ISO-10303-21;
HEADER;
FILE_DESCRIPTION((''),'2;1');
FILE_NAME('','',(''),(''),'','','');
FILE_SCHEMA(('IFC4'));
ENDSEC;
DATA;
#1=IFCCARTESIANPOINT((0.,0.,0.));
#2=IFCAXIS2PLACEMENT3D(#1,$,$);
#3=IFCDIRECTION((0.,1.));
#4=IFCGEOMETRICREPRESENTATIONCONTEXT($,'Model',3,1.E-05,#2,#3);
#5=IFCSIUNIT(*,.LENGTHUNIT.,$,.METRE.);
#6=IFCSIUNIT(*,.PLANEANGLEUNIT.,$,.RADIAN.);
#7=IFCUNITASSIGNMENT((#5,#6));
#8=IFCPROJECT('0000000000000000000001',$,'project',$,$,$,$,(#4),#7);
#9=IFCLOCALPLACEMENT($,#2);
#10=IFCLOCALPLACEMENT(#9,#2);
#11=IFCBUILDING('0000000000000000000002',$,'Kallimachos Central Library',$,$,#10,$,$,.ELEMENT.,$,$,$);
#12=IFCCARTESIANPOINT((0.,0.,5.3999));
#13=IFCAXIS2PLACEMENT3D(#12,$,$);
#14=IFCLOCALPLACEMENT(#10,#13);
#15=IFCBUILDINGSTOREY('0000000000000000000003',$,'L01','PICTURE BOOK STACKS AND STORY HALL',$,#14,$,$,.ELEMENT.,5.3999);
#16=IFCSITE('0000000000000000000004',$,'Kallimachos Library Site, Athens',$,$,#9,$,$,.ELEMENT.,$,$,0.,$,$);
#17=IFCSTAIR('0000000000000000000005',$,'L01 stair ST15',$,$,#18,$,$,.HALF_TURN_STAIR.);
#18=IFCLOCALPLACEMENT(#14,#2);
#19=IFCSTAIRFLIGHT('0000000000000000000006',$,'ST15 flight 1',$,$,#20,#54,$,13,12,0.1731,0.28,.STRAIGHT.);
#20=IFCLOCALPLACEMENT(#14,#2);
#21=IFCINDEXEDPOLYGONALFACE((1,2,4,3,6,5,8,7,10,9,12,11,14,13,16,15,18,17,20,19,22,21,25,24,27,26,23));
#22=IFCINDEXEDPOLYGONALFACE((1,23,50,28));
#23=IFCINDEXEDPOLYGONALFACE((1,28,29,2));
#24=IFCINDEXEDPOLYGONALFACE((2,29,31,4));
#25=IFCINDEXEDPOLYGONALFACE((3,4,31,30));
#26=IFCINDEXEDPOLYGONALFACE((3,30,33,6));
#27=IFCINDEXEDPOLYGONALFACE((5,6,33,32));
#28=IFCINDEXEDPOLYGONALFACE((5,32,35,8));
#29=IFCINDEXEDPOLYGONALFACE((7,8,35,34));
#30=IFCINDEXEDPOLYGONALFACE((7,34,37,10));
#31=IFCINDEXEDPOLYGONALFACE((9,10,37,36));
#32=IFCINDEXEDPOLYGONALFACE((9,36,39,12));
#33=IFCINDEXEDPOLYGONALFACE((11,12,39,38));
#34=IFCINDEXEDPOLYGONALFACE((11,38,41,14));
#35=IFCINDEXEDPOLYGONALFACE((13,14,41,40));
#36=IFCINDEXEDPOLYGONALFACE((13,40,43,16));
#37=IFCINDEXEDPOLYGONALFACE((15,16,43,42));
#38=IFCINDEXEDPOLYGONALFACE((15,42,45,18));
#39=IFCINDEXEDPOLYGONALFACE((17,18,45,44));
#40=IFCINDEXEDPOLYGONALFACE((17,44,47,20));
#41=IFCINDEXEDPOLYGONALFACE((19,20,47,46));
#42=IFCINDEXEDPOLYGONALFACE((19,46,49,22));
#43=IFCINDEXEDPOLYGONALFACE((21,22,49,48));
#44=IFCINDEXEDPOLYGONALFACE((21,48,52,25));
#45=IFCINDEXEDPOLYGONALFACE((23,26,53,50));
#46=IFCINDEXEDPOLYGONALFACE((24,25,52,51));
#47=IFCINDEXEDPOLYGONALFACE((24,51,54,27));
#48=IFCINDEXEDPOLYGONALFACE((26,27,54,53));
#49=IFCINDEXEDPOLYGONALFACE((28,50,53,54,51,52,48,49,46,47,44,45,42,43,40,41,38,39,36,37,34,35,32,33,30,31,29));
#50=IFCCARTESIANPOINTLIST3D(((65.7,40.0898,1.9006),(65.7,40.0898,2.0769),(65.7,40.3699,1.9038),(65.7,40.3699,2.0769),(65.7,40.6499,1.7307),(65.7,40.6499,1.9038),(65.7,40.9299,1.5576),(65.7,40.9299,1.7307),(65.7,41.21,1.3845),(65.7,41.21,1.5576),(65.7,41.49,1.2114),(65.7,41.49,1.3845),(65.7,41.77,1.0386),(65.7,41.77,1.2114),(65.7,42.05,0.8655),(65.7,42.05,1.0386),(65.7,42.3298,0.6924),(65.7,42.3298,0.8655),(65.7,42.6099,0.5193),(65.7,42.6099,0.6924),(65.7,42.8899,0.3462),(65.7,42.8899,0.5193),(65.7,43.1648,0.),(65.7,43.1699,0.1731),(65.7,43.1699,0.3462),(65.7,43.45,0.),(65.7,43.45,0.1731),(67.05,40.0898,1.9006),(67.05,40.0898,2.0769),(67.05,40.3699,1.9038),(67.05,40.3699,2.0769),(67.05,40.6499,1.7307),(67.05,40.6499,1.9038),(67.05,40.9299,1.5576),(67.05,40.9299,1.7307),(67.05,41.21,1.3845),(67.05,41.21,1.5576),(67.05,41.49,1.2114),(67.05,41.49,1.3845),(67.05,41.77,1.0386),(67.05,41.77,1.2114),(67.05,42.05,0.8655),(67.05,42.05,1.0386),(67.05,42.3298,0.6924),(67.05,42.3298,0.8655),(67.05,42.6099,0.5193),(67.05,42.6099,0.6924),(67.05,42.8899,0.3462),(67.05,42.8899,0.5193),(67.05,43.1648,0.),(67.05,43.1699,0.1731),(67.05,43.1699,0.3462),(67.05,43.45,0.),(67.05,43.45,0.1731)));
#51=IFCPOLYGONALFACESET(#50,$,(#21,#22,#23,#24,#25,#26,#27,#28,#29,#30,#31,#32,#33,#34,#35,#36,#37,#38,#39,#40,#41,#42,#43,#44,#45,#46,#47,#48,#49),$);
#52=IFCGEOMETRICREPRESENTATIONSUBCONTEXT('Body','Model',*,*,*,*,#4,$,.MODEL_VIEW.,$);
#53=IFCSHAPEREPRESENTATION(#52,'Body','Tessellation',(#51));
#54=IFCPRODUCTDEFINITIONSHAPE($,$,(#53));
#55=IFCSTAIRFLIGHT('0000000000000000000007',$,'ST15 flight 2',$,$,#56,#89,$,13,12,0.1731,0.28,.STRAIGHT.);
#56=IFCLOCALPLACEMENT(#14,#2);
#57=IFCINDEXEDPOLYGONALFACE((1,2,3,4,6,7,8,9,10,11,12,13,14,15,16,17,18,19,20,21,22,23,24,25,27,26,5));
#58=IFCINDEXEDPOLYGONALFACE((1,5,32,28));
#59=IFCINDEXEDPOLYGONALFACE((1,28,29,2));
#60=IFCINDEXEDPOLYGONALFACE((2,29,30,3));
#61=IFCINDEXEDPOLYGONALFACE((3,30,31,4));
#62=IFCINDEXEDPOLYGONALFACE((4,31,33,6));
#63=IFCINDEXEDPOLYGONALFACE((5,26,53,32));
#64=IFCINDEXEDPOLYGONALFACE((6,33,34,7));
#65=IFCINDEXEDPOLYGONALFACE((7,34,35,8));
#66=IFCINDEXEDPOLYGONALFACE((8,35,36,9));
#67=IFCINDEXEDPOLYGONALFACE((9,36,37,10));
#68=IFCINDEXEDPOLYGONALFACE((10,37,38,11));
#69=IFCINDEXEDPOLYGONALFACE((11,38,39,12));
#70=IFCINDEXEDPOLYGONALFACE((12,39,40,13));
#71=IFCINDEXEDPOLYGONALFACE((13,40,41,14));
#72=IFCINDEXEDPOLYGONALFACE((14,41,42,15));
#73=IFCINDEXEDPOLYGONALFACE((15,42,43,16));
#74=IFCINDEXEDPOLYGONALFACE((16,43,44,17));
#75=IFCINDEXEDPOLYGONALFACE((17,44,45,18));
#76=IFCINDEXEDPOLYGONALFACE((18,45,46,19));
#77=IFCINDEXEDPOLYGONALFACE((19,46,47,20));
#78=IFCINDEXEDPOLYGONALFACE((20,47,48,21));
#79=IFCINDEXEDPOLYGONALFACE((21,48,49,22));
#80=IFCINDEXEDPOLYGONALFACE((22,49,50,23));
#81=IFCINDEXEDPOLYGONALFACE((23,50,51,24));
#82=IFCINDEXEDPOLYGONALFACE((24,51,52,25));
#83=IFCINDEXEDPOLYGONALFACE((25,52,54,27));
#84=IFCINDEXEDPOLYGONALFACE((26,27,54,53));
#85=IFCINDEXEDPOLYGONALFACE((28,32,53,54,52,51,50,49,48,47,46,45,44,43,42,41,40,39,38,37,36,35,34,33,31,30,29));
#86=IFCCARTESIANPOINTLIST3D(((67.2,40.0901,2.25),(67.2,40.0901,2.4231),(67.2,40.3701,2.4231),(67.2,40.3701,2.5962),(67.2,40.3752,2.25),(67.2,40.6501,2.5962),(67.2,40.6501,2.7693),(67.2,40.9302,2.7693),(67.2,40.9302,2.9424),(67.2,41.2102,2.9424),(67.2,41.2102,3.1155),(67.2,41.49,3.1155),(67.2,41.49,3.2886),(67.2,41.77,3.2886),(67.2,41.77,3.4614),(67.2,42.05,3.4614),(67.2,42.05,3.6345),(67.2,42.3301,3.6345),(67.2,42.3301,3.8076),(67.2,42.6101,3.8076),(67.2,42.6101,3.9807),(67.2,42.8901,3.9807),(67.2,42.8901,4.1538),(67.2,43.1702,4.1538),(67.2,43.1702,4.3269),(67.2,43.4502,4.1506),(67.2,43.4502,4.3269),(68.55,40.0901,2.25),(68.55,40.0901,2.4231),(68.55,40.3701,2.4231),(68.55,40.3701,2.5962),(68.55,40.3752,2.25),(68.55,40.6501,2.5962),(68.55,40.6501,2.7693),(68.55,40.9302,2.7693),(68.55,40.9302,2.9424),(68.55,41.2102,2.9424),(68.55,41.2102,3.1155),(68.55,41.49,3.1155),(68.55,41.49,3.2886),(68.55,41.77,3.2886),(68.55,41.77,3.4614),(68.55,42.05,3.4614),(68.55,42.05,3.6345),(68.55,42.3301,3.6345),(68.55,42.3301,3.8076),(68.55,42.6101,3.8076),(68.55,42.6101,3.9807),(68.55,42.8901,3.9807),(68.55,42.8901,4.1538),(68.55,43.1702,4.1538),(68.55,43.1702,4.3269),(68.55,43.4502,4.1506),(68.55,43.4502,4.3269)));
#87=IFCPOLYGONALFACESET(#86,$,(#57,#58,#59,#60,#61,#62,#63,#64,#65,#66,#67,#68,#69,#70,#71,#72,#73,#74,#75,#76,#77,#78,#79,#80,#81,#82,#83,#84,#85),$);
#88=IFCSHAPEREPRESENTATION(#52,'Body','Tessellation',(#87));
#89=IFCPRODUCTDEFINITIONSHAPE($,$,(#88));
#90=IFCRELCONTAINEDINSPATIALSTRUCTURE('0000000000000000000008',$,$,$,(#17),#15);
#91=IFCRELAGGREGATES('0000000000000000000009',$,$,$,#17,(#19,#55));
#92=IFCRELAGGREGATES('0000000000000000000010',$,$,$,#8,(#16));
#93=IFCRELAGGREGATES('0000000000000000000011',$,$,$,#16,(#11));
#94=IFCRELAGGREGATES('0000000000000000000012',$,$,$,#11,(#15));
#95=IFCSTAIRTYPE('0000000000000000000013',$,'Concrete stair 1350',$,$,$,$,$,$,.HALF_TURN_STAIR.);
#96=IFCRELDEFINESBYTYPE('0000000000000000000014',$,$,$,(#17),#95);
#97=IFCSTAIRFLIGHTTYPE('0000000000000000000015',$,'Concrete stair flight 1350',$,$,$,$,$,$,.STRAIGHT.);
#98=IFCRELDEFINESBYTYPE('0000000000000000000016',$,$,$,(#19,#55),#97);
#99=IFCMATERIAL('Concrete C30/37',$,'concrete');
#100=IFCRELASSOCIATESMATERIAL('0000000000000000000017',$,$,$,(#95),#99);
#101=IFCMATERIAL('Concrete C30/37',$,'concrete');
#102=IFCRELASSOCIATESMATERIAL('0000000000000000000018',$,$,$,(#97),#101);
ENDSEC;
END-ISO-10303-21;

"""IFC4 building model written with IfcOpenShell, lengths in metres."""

from ifc_helpers import new_model, si_unit, direction, frame, origin, place, context, subcontext, project, spatial, polyline, outline, extrude, material, type_object, element, aggregate, save


model = new_model("IFC4")

# Units and contexts
model_context = context("Model", 3, precision=1e-05, world=origin(), true_north=direction((0.0, 1.0)))
body_context = subcontext(model_context, "Body", "Model", "MODEL_VIEW")
ifc_project = project(units=[si_unit("LENGTHUNIT", "METRE"), si_unit("PLANEANGLEUNIT", "RADIAN")], contexts=[model_context])

# Site, building, storey
site_placement = place(None, origin())
site = spatial("IfcSite", under=ifc_project, at=site_placement, Name="Kallimachos Library Site, Athens", CompositionType="ELEMENT", RefElevation=0.0)
building_placement = place(site_placement, origin())
building = spatial("IfcBuilding", under=site, at=building_placement, Name="Kallimachos Central Library", CompositionType="ELEMENT")
storey_placement = place(building_placement, frame((0.0, 0.0, 5.3999)))
storey = spatial("IfcBuildingStorey", under=building, at=storey_placement, Name="L01", Description="PICTURE BOOK STACKS AND STORY HALL", CompositionType="ELEMENT", Elevation=5.3999)

# Stair, stair flights
ifc_material_1 = material(Name="Concrete C30/37", Category="concrete")
stair_type = type_object("IfcStairType", Name="Concrete stair 1350", PredefinedType="HALF_TURN_STAIR", material=ifc_material_1)
stair_placement = place(storey_placement, origin())
stair = element("IfcStair", 1, at=stair_placement, inside=storey, type_object=stair_type, Name="L01 stair ST15", PredefinedType="HALF_TURN_STAIR")
ifc_material_2 = material(Name="Concrete C30/37", Category="concrete")
stair_flight_type = type_object("IfcStairFlightType", Name="Concrete stair flight 1350", PredefinedType="STRAIGHT", material=ifc_material_2)
stair_flight_1_placement = place(storey_placement, frame((66.375, 43.45, 0.0), z_axis=(0.0, 0.0, 1.0), x_axis=(0.0, -1.0, 0.0)))
stair_flight_1 = element("IfcStairFlight", 2, at=stair_flight_1_placement, type_object=stair_flight_type, Name="ST15 flight 1", NumberOfRisers=13, NumberOfTreads=12, PredefinedType="STRAIGHT", RiserHeight=0.1731, TreadLength=0.28, context=body_context, shape_type="SweptSolid", body=[
    extrude(outline(polyline([(0.0, 0.0), (0.0, 0.1731), (0.28, 0.1731), (0.28, 0.3462), (0.5601, 0.3462), (0.5601, 0.5193), (0.8401, 0.5193), (0.8401, 0.6924), (1.1201, 0.6924), (1.1201, 0.8655), (1.3999, 0.8655), (1.3999, 1.0386), (1.6799, 1.0386), (1.6799, 1.2114), (1.96, 1.2114), (1.96, 1.3845), (2.24, 1.3845), (2.24, 1.5576), (2.52, 1.5576), (2.52, 1.7307), (2.8, 1.7307), (2.8, 1.9038), (3.0801, 1.9038), (3.0801, 2.0769), (3.3601, 2.0769), (3.3601, 2.25), (3.3601, 1.9006), (0.2852, 0.0), (0.0, 0.0)])), frame((0.0, 0.675, 0.0), z_axis=(0.0, -1.0, 0.0), x_axis=(1.0, 0.0, 0.0)), (0.0, 0.0, 1.0), 1.3501),
])
stair_flight_2_placement = place(storey_placement, frame((67.875, 40.0901, 2.25), z_axis=(0.0, 0.0, 1.0), x_axis=(0.0, 1.0, 0.0)))
stair_flight_2 = element("IfcStairFlight", 3, at=stair_flight_2_placement, type_object=stair_flight_type, Name="ST15 flight 2", NumberOfRisers=13, NumberOfTreads=12, PredefinedType="STRAIGHT", RiserHeight=0.1731, TreadLength=0.28, context=body_context, shape_type="SweptSolid", body=[
    extrude(outline(polyline([(0.0, 0.0), (0.0, 0.1731), (0.28, 0.1731), (0.28, 0.3462), (0.5601, 0.3462), (0.5601, 0.5193), (0.8401, 0.5193), (0.8401, 0.6924), (1.1201, 0.6924), (1.1201, 0.8655), (1.3999, 0.8655), (1.3999, 1.0386), (1.6799, 1.0386), (1.6799, 1.2114), (1.96, 1.2114), (1.96, 1.3845), (2.24, 1.3845), (2.24, 1.5576), (2.52, 1.5576), (2.52, 1.7307), (2.8, 1.7307), (2.8, 1.9038), (3.0801, 1.9038), (3.0801, 2.0769), (3.3601, 2.0769), (3.3601, 2.25), (3.3601, 1.9006), (0.2852, 0.0), (0.0, 0.0)])), frame((0.0, 0.675, 0.0), z_axis=(0.0, -1.0, 0.0), x_axis=(1.0, 0.0, 0.0)), (0.0, 0.0, 1.0), 1.3501),
])
aggregate(stair, [stair_flight_1, stair_flight_2])

save(model, "model.ifc")
